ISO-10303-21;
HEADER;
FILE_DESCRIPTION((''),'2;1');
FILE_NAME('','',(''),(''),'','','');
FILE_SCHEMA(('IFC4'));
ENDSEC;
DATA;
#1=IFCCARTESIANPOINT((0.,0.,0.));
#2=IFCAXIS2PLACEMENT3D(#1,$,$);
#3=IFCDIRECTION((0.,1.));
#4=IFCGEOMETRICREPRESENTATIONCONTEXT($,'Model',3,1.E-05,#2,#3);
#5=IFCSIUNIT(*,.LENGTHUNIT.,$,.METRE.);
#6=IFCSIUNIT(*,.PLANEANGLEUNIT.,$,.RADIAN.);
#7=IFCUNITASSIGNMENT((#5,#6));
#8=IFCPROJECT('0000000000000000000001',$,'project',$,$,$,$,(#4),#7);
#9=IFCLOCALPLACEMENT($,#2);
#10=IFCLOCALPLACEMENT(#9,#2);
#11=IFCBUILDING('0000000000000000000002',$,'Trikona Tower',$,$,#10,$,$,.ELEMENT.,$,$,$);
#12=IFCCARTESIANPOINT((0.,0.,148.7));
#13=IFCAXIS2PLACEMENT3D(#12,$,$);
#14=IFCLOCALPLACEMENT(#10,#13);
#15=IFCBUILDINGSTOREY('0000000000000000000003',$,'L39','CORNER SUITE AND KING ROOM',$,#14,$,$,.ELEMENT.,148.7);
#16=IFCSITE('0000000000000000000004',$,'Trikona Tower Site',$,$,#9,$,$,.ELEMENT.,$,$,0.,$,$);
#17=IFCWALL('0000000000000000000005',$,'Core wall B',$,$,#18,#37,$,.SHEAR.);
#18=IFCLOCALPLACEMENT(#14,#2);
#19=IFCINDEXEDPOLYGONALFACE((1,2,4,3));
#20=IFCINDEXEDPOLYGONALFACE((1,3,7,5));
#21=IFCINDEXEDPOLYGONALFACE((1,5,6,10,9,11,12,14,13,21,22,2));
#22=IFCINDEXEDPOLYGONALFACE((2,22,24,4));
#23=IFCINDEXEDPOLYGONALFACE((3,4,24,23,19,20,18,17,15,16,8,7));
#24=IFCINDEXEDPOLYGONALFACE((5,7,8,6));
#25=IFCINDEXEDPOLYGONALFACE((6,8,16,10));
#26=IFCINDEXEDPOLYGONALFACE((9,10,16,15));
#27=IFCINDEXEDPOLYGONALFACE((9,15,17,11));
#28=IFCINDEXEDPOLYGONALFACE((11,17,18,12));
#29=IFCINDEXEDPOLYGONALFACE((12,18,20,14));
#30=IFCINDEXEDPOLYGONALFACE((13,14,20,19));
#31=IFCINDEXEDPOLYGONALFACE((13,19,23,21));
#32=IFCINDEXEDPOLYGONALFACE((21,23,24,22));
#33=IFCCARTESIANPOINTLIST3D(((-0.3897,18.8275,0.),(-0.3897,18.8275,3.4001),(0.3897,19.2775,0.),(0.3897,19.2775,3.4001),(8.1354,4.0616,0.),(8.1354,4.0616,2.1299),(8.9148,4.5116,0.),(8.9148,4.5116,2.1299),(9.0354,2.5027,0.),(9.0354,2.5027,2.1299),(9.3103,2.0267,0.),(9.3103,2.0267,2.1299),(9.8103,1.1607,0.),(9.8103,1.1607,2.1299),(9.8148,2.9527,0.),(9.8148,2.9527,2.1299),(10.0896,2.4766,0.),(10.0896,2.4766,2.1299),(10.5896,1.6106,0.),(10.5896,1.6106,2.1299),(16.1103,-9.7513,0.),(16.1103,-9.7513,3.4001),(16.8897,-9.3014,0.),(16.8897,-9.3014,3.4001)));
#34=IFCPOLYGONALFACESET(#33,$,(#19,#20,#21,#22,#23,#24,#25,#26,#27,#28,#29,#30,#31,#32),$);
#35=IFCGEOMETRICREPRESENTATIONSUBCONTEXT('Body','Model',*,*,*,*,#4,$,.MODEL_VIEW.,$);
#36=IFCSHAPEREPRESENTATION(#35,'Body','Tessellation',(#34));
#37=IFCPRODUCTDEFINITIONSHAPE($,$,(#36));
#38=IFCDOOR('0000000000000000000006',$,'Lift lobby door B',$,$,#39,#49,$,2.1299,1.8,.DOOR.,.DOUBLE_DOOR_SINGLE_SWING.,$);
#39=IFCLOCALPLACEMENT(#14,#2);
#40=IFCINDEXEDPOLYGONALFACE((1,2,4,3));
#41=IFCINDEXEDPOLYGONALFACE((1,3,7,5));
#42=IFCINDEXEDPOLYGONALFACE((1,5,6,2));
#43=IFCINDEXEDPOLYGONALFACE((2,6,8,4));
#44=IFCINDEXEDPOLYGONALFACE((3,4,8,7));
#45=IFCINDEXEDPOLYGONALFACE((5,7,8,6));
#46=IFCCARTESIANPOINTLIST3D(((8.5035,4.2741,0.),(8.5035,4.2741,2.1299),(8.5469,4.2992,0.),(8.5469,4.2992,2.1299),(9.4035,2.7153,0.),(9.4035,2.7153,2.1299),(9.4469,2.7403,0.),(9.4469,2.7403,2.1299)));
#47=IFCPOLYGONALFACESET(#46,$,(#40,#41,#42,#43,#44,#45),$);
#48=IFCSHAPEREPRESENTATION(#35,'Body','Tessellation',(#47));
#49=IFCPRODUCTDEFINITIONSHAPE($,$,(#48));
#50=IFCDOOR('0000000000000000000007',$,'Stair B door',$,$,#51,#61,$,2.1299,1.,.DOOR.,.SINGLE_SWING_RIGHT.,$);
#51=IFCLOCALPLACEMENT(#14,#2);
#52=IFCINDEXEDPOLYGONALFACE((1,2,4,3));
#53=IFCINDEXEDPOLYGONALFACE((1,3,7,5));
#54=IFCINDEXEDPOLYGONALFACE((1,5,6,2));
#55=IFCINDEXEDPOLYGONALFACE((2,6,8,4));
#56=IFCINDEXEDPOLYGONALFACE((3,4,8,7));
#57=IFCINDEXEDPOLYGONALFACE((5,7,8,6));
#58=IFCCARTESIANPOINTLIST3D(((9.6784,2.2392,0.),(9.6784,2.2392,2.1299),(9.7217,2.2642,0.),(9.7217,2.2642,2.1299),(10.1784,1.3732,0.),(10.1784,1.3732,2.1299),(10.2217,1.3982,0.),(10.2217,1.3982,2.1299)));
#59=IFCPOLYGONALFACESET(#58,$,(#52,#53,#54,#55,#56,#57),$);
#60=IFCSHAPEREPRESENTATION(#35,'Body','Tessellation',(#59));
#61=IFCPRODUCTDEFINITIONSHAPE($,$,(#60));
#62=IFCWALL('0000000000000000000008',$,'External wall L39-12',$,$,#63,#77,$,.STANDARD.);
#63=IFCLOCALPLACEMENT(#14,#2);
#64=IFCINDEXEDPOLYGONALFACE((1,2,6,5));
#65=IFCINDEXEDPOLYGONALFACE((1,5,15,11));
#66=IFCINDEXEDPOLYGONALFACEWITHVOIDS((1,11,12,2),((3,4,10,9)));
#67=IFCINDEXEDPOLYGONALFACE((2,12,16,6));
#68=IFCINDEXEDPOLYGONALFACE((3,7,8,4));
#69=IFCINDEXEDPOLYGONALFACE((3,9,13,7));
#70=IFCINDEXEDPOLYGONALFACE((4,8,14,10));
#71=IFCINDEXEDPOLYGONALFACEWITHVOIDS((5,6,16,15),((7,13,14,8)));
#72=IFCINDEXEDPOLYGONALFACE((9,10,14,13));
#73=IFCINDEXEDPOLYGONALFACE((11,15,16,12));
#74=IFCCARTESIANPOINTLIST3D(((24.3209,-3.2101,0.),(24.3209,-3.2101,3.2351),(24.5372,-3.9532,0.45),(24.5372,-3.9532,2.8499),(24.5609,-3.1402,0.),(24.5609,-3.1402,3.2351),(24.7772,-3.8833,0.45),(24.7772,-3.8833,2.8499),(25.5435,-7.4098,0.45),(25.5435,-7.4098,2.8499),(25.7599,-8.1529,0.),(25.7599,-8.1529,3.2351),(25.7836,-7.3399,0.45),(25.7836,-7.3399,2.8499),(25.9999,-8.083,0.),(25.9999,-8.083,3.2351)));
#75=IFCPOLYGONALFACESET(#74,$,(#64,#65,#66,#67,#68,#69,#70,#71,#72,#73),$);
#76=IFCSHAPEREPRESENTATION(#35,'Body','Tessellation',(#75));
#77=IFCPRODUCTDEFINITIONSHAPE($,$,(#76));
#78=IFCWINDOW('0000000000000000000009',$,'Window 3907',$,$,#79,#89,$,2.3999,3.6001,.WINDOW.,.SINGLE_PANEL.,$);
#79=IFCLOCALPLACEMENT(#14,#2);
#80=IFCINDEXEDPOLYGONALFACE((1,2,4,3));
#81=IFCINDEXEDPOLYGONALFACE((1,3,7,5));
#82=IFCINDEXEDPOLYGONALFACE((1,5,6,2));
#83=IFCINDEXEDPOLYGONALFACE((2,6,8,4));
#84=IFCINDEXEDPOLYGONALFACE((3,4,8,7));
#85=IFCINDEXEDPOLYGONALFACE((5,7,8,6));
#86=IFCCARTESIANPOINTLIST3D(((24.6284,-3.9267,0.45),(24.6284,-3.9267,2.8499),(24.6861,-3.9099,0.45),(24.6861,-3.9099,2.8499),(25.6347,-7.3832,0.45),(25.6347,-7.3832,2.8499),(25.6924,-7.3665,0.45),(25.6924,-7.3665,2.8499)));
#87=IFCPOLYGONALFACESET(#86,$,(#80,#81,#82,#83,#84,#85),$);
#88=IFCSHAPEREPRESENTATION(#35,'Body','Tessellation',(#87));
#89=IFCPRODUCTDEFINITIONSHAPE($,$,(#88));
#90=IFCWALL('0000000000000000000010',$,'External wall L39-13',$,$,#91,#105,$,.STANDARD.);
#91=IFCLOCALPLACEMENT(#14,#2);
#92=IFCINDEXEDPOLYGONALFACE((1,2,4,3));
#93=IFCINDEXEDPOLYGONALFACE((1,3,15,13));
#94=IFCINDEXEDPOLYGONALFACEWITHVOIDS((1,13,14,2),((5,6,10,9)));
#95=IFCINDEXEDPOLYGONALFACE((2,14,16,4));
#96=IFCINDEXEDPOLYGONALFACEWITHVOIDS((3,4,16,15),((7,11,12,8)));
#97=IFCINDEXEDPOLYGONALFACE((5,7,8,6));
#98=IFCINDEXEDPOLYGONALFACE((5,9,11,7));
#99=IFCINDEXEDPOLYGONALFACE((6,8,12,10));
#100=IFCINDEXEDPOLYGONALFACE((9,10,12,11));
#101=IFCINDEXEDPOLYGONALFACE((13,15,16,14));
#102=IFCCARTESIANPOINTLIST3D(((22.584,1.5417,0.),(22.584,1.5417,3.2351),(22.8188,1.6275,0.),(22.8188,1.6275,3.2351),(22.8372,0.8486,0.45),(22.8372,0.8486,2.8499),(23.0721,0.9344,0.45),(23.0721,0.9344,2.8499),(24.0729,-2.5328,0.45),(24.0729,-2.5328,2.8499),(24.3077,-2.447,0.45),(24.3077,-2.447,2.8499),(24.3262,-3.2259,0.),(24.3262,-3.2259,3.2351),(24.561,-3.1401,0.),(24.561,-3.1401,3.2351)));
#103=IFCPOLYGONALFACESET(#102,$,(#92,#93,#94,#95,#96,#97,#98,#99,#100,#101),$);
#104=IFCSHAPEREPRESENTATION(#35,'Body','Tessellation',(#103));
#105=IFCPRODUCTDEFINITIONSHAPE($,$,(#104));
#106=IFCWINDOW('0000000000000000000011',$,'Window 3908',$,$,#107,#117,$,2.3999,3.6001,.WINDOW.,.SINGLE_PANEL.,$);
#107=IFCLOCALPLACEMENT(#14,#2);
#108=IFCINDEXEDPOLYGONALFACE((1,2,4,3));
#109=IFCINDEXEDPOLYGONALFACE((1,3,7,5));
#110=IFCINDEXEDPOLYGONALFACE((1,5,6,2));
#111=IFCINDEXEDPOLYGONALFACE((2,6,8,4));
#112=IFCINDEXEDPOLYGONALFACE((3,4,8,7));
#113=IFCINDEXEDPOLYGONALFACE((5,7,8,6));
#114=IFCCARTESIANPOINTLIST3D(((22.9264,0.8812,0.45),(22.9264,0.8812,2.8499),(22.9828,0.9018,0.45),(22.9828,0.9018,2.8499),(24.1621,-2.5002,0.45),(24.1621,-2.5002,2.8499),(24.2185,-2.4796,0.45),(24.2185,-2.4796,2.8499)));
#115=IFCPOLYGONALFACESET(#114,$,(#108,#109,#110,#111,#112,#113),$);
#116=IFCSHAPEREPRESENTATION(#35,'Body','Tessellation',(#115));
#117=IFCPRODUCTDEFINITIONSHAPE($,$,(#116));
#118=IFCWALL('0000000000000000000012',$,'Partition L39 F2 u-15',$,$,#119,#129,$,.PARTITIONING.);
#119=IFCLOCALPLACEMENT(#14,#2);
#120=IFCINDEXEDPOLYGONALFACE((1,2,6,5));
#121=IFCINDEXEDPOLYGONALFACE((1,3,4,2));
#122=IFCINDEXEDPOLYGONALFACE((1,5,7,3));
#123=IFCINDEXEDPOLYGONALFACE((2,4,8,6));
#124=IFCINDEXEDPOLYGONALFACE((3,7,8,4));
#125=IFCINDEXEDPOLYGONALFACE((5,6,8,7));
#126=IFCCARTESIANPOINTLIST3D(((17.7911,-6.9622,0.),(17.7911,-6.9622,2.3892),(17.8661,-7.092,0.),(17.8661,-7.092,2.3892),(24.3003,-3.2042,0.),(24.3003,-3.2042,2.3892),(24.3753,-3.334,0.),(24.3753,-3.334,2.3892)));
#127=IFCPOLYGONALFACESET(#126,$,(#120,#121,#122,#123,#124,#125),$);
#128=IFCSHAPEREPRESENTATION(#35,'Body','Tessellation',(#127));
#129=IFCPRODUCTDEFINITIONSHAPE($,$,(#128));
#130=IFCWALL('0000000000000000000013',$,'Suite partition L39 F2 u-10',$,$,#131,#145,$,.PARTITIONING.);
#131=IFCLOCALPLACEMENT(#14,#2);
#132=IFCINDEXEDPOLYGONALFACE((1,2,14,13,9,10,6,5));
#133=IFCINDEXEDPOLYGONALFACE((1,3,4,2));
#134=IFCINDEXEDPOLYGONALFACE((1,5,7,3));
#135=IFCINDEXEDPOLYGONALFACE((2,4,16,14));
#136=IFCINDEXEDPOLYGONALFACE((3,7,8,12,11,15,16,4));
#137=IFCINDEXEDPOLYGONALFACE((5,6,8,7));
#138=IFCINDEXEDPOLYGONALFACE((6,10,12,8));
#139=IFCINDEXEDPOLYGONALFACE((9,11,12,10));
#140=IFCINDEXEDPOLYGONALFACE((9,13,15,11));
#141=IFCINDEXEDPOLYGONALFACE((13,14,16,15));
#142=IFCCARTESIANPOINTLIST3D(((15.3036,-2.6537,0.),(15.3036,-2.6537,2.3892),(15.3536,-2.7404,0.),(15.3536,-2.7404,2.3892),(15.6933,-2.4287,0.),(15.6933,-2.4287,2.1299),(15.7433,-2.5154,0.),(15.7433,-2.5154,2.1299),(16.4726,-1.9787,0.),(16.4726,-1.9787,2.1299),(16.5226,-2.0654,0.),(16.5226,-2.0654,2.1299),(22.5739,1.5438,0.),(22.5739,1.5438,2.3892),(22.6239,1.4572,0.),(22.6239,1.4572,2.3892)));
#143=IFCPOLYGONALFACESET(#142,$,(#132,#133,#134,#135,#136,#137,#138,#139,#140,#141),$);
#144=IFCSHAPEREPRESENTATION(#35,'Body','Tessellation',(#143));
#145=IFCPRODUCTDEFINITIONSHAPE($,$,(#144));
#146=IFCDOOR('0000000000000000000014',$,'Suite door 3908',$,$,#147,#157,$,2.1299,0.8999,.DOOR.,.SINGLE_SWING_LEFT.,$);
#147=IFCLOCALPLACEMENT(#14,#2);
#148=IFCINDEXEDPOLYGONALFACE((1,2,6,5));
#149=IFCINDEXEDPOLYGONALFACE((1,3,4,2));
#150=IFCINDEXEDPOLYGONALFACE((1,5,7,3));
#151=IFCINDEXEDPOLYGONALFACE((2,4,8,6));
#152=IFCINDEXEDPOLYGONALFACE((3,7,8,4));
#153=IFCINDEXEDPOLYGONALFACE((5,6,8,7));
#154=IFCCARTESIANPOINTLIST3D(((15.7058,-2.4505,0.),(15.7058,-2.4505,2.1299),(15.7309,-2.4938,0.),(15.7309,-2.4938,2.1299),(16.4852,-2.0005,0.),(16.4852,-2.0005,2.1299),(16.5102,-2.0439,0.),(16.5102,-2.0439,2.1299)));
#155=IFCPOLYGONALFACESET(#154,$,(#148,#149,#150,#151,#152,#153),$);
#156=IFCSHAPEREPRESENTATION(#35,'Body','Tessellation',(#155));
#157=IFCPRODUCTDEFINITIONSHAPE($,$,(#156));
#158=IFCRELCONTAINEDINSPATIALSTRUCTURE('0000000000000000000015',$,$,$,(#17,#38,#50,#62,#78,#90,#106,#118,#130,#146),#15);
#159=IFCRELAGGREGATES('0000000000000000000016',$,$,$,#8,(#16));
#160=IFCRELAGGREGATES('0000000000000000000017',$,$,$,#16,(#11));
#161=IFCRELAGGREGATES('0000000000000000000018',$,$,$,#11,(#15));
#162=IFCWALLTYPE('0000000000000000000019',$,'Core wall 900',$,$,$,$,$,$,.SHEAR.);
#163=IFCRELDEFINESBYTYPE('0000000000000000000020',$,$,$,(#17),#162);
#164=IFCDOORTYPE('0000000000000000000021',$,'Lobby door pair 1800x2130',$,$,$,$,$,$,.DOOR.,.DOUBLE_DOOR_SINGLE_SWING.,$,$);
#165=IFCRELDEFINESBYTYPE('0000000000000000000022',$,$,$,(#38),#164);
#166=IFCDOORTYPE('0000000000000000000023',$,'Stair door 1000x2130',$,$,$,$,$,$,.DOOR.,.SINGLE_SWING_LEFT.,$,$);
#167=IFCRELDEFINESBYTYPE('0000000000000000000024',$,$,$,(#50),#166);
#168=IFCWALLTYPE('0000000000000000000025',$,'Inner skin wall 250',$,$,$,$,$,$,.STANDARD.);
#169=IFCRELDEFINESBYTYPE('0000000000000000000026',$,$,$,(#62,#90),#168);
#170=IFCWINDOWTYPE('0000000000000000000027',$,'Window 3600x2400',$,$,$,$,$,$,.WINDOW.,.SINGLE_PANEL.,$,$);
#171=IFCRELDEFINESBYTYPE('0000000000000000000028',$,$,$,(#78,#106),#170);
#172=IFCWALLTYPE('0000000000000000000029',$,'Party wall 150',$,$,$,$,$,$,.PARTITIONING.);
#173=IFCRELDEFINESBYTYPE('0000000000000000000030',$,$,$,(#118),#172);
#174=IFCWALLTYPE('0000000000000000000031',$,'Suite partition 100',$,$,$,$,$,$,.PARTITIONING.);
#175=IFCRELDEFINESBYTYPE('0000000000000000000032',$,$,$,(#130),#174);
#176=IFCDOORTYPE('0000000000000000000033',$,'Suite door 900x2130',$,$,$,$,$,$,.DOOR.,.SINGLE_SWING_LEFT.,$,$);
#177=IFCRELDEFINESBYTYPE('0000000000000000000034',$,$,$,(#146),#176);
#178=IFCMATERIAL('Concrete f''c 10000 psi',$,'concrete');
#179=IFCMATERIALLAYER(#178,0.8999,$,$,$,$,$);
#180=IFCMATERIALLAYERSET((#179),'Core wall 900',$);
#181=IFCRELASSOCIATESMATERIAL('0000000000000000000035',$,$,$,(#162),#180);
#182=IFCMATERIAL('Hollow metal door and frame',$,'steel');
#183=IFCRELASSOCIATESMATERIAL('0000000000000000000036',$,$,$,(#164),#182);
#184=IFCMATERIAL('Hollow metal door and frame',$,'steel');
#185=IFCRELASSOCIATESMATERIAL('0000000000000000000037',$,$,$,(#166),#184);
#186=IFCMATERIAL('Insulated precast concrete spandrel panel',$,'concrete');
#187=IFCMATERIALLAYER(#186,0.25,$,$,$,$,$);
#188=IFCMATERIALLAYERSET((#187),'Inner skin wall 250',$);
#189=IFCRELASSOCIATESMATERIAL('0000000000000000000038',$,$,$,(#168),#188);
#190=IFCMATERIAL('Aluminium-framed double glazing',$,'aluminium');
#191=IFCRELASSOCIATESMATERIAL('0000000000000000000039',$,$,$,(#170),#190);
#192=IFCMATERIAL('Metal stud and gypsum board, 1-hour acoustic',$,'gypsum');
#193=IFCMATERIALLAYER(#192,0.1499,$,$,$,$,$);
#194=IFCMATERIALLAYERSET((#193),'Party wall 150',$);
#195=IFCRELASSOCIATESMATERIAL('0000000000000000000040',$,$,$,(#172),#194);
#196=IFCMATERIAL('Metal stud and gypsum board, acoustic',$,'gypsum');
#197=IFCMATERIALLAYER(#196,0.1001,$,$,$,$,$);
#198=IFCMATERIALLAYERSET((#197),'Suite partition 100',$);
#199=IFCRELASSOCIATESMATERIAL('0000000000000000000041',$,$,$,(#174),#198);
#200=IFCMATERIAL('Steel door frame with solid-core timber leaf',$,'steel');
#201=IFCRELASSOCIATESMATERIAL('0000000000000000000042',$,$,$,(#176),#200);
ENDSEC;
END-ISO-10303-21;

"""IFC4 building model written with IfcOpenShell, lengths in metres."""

from ifc_helpers import new_model, si_unit, direction, frame, frame_2d, origin, place, context, subcontext, project, spatial, rectangle, extrude, material, layer, layer_set, type_object, element, fill, save


model = new_model("IFC4")

# Units and contexts
model_context = context("Model", 3, precision=1e-05, world=origin(), true_north=direction((0.0, 1.0)))
body_context = subcontext(model_context, "Body", "Model", "MODEL_VIEW")
ifc_project = project(units=[si_unit("LENGTHUNIT", "METRE"), si_unit("PLANEANGLEUNIT", "RADIAN")], contexts=[model_context])

# Site, building, storey
site_placement = place(None, origin())
site = spatial("IfcSite", under=ifc_project, at=site_placement, Name="Trikona Tower Site", CompositionType="ELEMENT", RefElevation=0.0)
building_placement = place(site_placement, origin())
building = spatial("IfcBuilding", under=site, at=building_placement, Name="Trikona Tower", CompositionType="ELEMENT")
storey_placement = place(building_placement, frame((0.0, 0.0, 148.7)))
storey = spatial("IfcBuildingStorey", under=building, at=storey_placement, Name="L39", Description="CORNER SUITE AND KING ROOM", CompositionType="ELEMENT", Elevation=148.7)

# Wall, openings, doors
ifc_material_1 = material(Name="Concrete f'c 10000 psi", Category="concrete")
ifc_layer_1 = layer(ifc_material_1, 0.8999)
ifc_layer_set_1 = layer_set([ifc_layer_1], Name="Core wall 900")
wall_type_1 = type_object("IfcWallType", Name="Core wall 900", PredefinedType="SHEAR", material=ifc_layer_set_1)
wall_1_placement = place(storey_placement, frame((16.5, -9.5264, 0.0), z_axis=(0.0, 0.0, 1.0), x_axis=(-0.5, 0.866026, 0.0)))
wall_1 = element("IfcWall", 1, at=wall_1_placement, inside=storey, type_object=wall_type_1, Name="Core wall B", PredefinedType="SHEAR", context=body_context, shape_type="SweptSolid", body=[
    extrude(rectangle(XDim=33.0, YDim=0.8999, at=frame_2d((16.5, 0.0))), origin(), (0.0, 0.0, 1.0), 3.4001),
])
opening_1_placement = place(wall_1_placement, frame((14.1499, 0.0, 0.0)))
opening_1 = element("IfcOpeningElement", 2, at=opening_1_placement, cuts=wall_1, PredefinedType="OPENING", context=body_context, shape_type="SweptSolid", body=[
    extrude(rectangle(XDim=1.8, YDim=2.1299, at=frame_2d((0.8999, 1.0649))), frame((0.0, 0.46, 0.0), z_axis=(0.0, -1.0, 0.0), x_axis=(1.0, 0.0, 0.0)), (0.0, 0.0, 1.0), 0.9199),
])
opening_2_placement = place(wall_1_placement, frame((12.6001, 0.0, 0.0)))
opening_2 = element("IfcOpeningElement", 3, at=opening_2_placement, cuts=wall_1, PredefinedType="OPENING", context=body_context, shape_type="SweptSolid", body=[
    extrude(rectangle(XDim=1.0, YDim=2.1299, at=frame_2d((0.5, 1.0649))), frame((0.0, 0.46, 0.0), z_axis=(0.0, -1.0, 0.0), x_axis=(1.0, 0.0, 0.0)), (0.0, 0.0, 1.0), 0.9199),
])
ifc_material_2 = material(Name="Hollow metal door and frame", Category="steel")
door_type_1 = type_object("IfcDoorType", Name="Lobby door pair 1800x2130", OperationType="DOUBLE_DOOR_SINGLE_SWING", PredefinedType="DOOR", material=ifc_material_2)
door_1_placement = place(opening_1_placement, origin())
door_1 = element("IfcDoor", 4, at=door_1_placement, inside=storey, type_object=door_type_1, Name="Lift lobby door B", OperationType="DOUBLE_DOOR_SINGLE_SWING", OverallHeight=2.1299, OverallWidth=1.8, PredefinedType="DOOR", context=body_context, shape_type="SweptSolid", body=[
    extrude(rectangle(XDim=1.8, YDim=2.1299, at=frame_2d((0.8999, 1.0649))), frame((0.0, 0.0249, 0.0), z_axis=(0.0, -1.0, 0.0), x_axis=(1.0, 0.0, 0.0)), (0.0, 0.0, 1.0), 0.05),
])
fill(opening_1, door_1)
ifc_material_3 = material(Name="Hollow metal door and frame", Category="steel")
door_type_2 = type_object("IfcDoorType", Name="Stair door 1000x2130", OperationType="SINGLE_SWING_LEFT", PredefinedType="DOOR", material=ifc_material_3)
door_2_placement = place(opening_2_placement, origin())
door_2 = element("IfcDoor", 5, at=door_2_placement, inside=storey, type_object=door_type_2, Name="Stair B door", OperationType="SINGLE_SWING_RIGHT", OverallHeight=2.1299, OverallWidth=1.0, PredefinedType="DOOR", context=body_context, shape_type="SweptSolid", body=[
    extrude(rectangle(XDim=1.0, YDim=2.1299, at=frame_2d((0.5, 1.0649))), frame((0.0, 0.0249, 0.0), z_axis=(0.0, -1.0, 0.0), x_axis=(1.0, 0.0, 0.0)), (0.0, 0.0, 1.0), 0.05),
])
fill(opening_2, door_2)

# Walls, openings, windows
ifc_material_4 = material(Name="Insulated precast concrete spandrel panel", Category="concrete")
ifc_layer_2 = layer(ifc_material_4, 0.25)
ifc_layer_set_2 = layer_set([ifc_layer_2], Name="Inner skin wall 250")
wall_type_2 = type_object("IfcWallType", Name="Inner skin wall 250", PredefinedType="STANDARD", material=ifc_layer_set_2)
wall_2_placement = place(storey_placement, frame((25.8799, -8.1179, 0.0), z_axis=(0.0, 0.0, 1.0), x_axis=(-0.279528, 0.960137, 0.0)))
wall_2 = element("IfcWall", 6, at=wall_2_placement, inside=storey, type_object=wall_type_2, Name="External wall L39-12", PredefinedType="STANDARD", context=body_context, shape_type="SweptSolid", body=[
    extrude(rectangle(XDim=5.1479, YDim=0.25, at=frame_2d((2.574, 0.0))), origin(), (0.0, 0.0, 1.0), 3.2351),
])
opening_3_placement = place(wall_2_placement, frame((0.7739, 0.0, 0.45)))
opening_3 = element("IfcOpeningElement", 7, at=opening_3_placement, cuts=wall_2, PredefinedType="OPENING", context=body_context, shape_type="SweptSolid", body=[
    extrude(rectangle(XDim=3.6001, YDim=2.3999, at=frame_2d((1.8, 1.2))), frame((0.0, 0.135, 0.0), z_axis=(0.0, -1.0, 0.0), x_axis=(1.0, 0.0, 0.0)), (0.0, 0.0, 1.0), 0.27),
])
ifc_material_5 = material(Name="Aluminium-framed double glazing", Category="aluminium")
window_type = type_object("IfcWindowType", Name="Window 3600x2400", PartitioningType="SINGLE_PANEL", PredefinedType="WINDOW", material=ifc_material_5)
window_1_placement = place(opening_3_placement, origin())
window_1 = element("IfcWindow", 8, at=window_1_placement, inside=storey, type_object=window_type, Name="Window 3907", OverallHeight=2.3999, OverallWidth=3.6001, PartitioningType="SINGLE_PANEL", PredefinedType="WINDOW", context=body_context, shape_type="SweptSolid", body=[
    extrude(rectangle(XDim=3.6001, YDim=2.3999, at=frame_2d((1.8, 1.2))), frame((0.0, 0.03, 0.0), z_axis=(0.0, -1.0, 0.0), x_axis=(1.0, 0.0, 0.0)), (0.0, 0.0, 1.0), 0.0601),
])
fill(opening_3, window_1)
wall_3_placement = place(storey_placement, frame((24.4436, -3.1831, 0.0), z_axis=(0.0, 0.0, 1.0), x_axis=(-0.343226, 0.939253, 0.0)))
wall_3 = element("IfcWall", 9, at=wall_3_placement, inside=storey, type_object=wall_type_2, Name="External wall L39-13", PredefinedType="STANDARD", context=body_context, shape_type="SweptSolid", body=[
    extrude(rectangle(XDim=5.0759, YDim=0.25, at=frame_2d((2.5381, 0.0))), origin(), (0.0, 0.0, 1.0), 3.2351),
])
opening_4_placement = place(wall_3_placement, frame((0.738, 0.0, 0.45)))
opening_4 = element("IfcOpeningElement", 10, at=opening_4_placement, cuts=wall_3, PredefinedType="OPENING", context=body_context, shape_type="SweptSolid", body=[
    extrude(rectangle(XDim=3.6001, YDim=2.3999, at=frame_2d((1.8, 1.2))), frame((0.0, 0.135, 0.0), z_axis=(0.0, -1.0, 0.0), x_axis=(1.0, 0.0, 0.0)), (0.0, 0.0, 1.0), 0.27),
])
window_2_placement = place(opening_4_placement, origin())
window_2 = element("IfcWindow", 11, at=window_2_placement, inside=storey, type_object=window_type, Name="Window 3908", OverallHeight=2.3999, OverallWidth=3.6001, PartitioningType="SINGLE_PANEL", PredefinedType="WINDOW", context=body_context, shape_type="SweptSolid", body=[
    extrude(rectangle(XDim=3.6001, YDim=2.3999, at=frame_2d((1.8, 1.2))), frame((0.0, 0.03, 0.0), z_axis=(0.0, -1.0, 0.0), x_axis=(1.0, 0.0, 0.0)), (0.0, 0.0, 1.0), 0.0601),
])
fill(opening_4, window_2)

# Wall
ifc_material_6 = material(Name="Metal stud and gypsum board, 1-hour acoustic", Category="gypsum")
ifc_layer_3 = layer(ifc_material_6, 0.1499)
ifc_layer_set_3 = layer_set([ifc_layer_3], Name="Party wall 150")
wall_type_3 = type_object("IfcWallType", Name="Party wall 150", PredefinedType="PARTITIONING", material=ifc_layer_set_3)
wall_4_placement = place(storey_placement, frame((17.8286, -7.0271, 0.0), z_axis=(0.0, 0.0, 1.0), x_axis=(0.86603, 0.499992, 0.0)))
element("IfcWall", 12, at=wall_4_placement, inside=storey, type_object=wall_type_3, Name="Partition L39 F2 u-15", PredefinedType="PARTITIONING", context=body_context, shape_type="SweptSolid", body=[
    extrude(rectangle(XDim=7.5161, YDim=0.1499, at=frame_2d((3.7581, 0.0))), origin(), (0.0, 0.0, 1.0), 2.3892),
])

# Wall, opening, door
ifc_material_7 = material(Name="Metal stud and gypsum board, acoustic", Category="gypsum")
ifc_layer_4 = layer(ifc_material_7, 0.1001)
ifc_layer_set_4 = layer_set([ifc_layer_4], Name="Suite partition 100")
wall_type_4 = type_object("IfcWallType", Name="Suite partition 100", PredefinedType="PARTITIONING", material=ifc_layer_set_4)
wall_5_placement = place(storey_placement, frame((15.3286, -2.697, 0.0), z_axis=(0.0, 0.0, 1.0), x_axis=(0.866024, 0.500002, 0.0)))
wall_5 = element("IfcWall", 13, at=wall_5_placement, inside=storey, type_object=wall_type_4, Name="Suite partition L39 F2 u-10", PredefinedType="PARTITIONING", context=body_context, shape_type="SweptSolid", body=[
    extrude(rectangle(XDim=8.395, YDim=0.1001, at=frame_2d((4.1975, 0.0))), origin(), (0.0, 0.0, 1.0), 2.3892),
])
opening_5_placement = place(wall_5_placement, frame((0.45, 0.0, 0.0)))
opening_5 = element("IfcOpeningElement", 14, at=opening_5_placement, cuts=wall_5, PredefinedType="OPENING", context=body_context, shape_type="SweptSolid", body=[
    extrude(rectangle(XDim=0.8999, YDim=2.1299, at=frame_2d((0.45, 1.0649))), frame((0.0, 0.0601, 0.0), z_axis=(0.0, -1.0, 0.0), x_axis=(1.0, 0.0, 0.0)), (0.0, 0.0, 1.0), 0.1201),
])
ifc_material_8 = material(Name="Steel door frame with solid-core timber leaf", Category="steel")
door_type_3 = type_object("IfcDoorType", Name="Suite door 900x2130", OperationType="SINGLE_SWING_LEFT", PredefinedType="DOOR", material=ifc_material_8)
door_3_placement = place(opening_5_placement, origin())
door_3 = element("IfcDoor", 15, at=door_3_placement, inside=storey, type_object=door_type_3, Name="Suite door 3908", OperationType="SINGLE_SWING_LEFT", OverallHeight=2.1299, OverallWidth=0.8999, PredefinedType="DOOR", context=body_context, shape_type="SweptSolid", body=[
    extrude(rectangle(XDim=0.8999, YDim=2.1299, at=frame_2d((0.45, 1.0649))), frame((0.0, 0.0249, 0.0), z_axis=(0.0, -1.0, 0.0), x_axis=(1.0, 0.0, 0.0)), (0.0, 0.0, 1.0), 0.05),
])
fill(opening_5, door_3)

save(model, "model.ifc")
